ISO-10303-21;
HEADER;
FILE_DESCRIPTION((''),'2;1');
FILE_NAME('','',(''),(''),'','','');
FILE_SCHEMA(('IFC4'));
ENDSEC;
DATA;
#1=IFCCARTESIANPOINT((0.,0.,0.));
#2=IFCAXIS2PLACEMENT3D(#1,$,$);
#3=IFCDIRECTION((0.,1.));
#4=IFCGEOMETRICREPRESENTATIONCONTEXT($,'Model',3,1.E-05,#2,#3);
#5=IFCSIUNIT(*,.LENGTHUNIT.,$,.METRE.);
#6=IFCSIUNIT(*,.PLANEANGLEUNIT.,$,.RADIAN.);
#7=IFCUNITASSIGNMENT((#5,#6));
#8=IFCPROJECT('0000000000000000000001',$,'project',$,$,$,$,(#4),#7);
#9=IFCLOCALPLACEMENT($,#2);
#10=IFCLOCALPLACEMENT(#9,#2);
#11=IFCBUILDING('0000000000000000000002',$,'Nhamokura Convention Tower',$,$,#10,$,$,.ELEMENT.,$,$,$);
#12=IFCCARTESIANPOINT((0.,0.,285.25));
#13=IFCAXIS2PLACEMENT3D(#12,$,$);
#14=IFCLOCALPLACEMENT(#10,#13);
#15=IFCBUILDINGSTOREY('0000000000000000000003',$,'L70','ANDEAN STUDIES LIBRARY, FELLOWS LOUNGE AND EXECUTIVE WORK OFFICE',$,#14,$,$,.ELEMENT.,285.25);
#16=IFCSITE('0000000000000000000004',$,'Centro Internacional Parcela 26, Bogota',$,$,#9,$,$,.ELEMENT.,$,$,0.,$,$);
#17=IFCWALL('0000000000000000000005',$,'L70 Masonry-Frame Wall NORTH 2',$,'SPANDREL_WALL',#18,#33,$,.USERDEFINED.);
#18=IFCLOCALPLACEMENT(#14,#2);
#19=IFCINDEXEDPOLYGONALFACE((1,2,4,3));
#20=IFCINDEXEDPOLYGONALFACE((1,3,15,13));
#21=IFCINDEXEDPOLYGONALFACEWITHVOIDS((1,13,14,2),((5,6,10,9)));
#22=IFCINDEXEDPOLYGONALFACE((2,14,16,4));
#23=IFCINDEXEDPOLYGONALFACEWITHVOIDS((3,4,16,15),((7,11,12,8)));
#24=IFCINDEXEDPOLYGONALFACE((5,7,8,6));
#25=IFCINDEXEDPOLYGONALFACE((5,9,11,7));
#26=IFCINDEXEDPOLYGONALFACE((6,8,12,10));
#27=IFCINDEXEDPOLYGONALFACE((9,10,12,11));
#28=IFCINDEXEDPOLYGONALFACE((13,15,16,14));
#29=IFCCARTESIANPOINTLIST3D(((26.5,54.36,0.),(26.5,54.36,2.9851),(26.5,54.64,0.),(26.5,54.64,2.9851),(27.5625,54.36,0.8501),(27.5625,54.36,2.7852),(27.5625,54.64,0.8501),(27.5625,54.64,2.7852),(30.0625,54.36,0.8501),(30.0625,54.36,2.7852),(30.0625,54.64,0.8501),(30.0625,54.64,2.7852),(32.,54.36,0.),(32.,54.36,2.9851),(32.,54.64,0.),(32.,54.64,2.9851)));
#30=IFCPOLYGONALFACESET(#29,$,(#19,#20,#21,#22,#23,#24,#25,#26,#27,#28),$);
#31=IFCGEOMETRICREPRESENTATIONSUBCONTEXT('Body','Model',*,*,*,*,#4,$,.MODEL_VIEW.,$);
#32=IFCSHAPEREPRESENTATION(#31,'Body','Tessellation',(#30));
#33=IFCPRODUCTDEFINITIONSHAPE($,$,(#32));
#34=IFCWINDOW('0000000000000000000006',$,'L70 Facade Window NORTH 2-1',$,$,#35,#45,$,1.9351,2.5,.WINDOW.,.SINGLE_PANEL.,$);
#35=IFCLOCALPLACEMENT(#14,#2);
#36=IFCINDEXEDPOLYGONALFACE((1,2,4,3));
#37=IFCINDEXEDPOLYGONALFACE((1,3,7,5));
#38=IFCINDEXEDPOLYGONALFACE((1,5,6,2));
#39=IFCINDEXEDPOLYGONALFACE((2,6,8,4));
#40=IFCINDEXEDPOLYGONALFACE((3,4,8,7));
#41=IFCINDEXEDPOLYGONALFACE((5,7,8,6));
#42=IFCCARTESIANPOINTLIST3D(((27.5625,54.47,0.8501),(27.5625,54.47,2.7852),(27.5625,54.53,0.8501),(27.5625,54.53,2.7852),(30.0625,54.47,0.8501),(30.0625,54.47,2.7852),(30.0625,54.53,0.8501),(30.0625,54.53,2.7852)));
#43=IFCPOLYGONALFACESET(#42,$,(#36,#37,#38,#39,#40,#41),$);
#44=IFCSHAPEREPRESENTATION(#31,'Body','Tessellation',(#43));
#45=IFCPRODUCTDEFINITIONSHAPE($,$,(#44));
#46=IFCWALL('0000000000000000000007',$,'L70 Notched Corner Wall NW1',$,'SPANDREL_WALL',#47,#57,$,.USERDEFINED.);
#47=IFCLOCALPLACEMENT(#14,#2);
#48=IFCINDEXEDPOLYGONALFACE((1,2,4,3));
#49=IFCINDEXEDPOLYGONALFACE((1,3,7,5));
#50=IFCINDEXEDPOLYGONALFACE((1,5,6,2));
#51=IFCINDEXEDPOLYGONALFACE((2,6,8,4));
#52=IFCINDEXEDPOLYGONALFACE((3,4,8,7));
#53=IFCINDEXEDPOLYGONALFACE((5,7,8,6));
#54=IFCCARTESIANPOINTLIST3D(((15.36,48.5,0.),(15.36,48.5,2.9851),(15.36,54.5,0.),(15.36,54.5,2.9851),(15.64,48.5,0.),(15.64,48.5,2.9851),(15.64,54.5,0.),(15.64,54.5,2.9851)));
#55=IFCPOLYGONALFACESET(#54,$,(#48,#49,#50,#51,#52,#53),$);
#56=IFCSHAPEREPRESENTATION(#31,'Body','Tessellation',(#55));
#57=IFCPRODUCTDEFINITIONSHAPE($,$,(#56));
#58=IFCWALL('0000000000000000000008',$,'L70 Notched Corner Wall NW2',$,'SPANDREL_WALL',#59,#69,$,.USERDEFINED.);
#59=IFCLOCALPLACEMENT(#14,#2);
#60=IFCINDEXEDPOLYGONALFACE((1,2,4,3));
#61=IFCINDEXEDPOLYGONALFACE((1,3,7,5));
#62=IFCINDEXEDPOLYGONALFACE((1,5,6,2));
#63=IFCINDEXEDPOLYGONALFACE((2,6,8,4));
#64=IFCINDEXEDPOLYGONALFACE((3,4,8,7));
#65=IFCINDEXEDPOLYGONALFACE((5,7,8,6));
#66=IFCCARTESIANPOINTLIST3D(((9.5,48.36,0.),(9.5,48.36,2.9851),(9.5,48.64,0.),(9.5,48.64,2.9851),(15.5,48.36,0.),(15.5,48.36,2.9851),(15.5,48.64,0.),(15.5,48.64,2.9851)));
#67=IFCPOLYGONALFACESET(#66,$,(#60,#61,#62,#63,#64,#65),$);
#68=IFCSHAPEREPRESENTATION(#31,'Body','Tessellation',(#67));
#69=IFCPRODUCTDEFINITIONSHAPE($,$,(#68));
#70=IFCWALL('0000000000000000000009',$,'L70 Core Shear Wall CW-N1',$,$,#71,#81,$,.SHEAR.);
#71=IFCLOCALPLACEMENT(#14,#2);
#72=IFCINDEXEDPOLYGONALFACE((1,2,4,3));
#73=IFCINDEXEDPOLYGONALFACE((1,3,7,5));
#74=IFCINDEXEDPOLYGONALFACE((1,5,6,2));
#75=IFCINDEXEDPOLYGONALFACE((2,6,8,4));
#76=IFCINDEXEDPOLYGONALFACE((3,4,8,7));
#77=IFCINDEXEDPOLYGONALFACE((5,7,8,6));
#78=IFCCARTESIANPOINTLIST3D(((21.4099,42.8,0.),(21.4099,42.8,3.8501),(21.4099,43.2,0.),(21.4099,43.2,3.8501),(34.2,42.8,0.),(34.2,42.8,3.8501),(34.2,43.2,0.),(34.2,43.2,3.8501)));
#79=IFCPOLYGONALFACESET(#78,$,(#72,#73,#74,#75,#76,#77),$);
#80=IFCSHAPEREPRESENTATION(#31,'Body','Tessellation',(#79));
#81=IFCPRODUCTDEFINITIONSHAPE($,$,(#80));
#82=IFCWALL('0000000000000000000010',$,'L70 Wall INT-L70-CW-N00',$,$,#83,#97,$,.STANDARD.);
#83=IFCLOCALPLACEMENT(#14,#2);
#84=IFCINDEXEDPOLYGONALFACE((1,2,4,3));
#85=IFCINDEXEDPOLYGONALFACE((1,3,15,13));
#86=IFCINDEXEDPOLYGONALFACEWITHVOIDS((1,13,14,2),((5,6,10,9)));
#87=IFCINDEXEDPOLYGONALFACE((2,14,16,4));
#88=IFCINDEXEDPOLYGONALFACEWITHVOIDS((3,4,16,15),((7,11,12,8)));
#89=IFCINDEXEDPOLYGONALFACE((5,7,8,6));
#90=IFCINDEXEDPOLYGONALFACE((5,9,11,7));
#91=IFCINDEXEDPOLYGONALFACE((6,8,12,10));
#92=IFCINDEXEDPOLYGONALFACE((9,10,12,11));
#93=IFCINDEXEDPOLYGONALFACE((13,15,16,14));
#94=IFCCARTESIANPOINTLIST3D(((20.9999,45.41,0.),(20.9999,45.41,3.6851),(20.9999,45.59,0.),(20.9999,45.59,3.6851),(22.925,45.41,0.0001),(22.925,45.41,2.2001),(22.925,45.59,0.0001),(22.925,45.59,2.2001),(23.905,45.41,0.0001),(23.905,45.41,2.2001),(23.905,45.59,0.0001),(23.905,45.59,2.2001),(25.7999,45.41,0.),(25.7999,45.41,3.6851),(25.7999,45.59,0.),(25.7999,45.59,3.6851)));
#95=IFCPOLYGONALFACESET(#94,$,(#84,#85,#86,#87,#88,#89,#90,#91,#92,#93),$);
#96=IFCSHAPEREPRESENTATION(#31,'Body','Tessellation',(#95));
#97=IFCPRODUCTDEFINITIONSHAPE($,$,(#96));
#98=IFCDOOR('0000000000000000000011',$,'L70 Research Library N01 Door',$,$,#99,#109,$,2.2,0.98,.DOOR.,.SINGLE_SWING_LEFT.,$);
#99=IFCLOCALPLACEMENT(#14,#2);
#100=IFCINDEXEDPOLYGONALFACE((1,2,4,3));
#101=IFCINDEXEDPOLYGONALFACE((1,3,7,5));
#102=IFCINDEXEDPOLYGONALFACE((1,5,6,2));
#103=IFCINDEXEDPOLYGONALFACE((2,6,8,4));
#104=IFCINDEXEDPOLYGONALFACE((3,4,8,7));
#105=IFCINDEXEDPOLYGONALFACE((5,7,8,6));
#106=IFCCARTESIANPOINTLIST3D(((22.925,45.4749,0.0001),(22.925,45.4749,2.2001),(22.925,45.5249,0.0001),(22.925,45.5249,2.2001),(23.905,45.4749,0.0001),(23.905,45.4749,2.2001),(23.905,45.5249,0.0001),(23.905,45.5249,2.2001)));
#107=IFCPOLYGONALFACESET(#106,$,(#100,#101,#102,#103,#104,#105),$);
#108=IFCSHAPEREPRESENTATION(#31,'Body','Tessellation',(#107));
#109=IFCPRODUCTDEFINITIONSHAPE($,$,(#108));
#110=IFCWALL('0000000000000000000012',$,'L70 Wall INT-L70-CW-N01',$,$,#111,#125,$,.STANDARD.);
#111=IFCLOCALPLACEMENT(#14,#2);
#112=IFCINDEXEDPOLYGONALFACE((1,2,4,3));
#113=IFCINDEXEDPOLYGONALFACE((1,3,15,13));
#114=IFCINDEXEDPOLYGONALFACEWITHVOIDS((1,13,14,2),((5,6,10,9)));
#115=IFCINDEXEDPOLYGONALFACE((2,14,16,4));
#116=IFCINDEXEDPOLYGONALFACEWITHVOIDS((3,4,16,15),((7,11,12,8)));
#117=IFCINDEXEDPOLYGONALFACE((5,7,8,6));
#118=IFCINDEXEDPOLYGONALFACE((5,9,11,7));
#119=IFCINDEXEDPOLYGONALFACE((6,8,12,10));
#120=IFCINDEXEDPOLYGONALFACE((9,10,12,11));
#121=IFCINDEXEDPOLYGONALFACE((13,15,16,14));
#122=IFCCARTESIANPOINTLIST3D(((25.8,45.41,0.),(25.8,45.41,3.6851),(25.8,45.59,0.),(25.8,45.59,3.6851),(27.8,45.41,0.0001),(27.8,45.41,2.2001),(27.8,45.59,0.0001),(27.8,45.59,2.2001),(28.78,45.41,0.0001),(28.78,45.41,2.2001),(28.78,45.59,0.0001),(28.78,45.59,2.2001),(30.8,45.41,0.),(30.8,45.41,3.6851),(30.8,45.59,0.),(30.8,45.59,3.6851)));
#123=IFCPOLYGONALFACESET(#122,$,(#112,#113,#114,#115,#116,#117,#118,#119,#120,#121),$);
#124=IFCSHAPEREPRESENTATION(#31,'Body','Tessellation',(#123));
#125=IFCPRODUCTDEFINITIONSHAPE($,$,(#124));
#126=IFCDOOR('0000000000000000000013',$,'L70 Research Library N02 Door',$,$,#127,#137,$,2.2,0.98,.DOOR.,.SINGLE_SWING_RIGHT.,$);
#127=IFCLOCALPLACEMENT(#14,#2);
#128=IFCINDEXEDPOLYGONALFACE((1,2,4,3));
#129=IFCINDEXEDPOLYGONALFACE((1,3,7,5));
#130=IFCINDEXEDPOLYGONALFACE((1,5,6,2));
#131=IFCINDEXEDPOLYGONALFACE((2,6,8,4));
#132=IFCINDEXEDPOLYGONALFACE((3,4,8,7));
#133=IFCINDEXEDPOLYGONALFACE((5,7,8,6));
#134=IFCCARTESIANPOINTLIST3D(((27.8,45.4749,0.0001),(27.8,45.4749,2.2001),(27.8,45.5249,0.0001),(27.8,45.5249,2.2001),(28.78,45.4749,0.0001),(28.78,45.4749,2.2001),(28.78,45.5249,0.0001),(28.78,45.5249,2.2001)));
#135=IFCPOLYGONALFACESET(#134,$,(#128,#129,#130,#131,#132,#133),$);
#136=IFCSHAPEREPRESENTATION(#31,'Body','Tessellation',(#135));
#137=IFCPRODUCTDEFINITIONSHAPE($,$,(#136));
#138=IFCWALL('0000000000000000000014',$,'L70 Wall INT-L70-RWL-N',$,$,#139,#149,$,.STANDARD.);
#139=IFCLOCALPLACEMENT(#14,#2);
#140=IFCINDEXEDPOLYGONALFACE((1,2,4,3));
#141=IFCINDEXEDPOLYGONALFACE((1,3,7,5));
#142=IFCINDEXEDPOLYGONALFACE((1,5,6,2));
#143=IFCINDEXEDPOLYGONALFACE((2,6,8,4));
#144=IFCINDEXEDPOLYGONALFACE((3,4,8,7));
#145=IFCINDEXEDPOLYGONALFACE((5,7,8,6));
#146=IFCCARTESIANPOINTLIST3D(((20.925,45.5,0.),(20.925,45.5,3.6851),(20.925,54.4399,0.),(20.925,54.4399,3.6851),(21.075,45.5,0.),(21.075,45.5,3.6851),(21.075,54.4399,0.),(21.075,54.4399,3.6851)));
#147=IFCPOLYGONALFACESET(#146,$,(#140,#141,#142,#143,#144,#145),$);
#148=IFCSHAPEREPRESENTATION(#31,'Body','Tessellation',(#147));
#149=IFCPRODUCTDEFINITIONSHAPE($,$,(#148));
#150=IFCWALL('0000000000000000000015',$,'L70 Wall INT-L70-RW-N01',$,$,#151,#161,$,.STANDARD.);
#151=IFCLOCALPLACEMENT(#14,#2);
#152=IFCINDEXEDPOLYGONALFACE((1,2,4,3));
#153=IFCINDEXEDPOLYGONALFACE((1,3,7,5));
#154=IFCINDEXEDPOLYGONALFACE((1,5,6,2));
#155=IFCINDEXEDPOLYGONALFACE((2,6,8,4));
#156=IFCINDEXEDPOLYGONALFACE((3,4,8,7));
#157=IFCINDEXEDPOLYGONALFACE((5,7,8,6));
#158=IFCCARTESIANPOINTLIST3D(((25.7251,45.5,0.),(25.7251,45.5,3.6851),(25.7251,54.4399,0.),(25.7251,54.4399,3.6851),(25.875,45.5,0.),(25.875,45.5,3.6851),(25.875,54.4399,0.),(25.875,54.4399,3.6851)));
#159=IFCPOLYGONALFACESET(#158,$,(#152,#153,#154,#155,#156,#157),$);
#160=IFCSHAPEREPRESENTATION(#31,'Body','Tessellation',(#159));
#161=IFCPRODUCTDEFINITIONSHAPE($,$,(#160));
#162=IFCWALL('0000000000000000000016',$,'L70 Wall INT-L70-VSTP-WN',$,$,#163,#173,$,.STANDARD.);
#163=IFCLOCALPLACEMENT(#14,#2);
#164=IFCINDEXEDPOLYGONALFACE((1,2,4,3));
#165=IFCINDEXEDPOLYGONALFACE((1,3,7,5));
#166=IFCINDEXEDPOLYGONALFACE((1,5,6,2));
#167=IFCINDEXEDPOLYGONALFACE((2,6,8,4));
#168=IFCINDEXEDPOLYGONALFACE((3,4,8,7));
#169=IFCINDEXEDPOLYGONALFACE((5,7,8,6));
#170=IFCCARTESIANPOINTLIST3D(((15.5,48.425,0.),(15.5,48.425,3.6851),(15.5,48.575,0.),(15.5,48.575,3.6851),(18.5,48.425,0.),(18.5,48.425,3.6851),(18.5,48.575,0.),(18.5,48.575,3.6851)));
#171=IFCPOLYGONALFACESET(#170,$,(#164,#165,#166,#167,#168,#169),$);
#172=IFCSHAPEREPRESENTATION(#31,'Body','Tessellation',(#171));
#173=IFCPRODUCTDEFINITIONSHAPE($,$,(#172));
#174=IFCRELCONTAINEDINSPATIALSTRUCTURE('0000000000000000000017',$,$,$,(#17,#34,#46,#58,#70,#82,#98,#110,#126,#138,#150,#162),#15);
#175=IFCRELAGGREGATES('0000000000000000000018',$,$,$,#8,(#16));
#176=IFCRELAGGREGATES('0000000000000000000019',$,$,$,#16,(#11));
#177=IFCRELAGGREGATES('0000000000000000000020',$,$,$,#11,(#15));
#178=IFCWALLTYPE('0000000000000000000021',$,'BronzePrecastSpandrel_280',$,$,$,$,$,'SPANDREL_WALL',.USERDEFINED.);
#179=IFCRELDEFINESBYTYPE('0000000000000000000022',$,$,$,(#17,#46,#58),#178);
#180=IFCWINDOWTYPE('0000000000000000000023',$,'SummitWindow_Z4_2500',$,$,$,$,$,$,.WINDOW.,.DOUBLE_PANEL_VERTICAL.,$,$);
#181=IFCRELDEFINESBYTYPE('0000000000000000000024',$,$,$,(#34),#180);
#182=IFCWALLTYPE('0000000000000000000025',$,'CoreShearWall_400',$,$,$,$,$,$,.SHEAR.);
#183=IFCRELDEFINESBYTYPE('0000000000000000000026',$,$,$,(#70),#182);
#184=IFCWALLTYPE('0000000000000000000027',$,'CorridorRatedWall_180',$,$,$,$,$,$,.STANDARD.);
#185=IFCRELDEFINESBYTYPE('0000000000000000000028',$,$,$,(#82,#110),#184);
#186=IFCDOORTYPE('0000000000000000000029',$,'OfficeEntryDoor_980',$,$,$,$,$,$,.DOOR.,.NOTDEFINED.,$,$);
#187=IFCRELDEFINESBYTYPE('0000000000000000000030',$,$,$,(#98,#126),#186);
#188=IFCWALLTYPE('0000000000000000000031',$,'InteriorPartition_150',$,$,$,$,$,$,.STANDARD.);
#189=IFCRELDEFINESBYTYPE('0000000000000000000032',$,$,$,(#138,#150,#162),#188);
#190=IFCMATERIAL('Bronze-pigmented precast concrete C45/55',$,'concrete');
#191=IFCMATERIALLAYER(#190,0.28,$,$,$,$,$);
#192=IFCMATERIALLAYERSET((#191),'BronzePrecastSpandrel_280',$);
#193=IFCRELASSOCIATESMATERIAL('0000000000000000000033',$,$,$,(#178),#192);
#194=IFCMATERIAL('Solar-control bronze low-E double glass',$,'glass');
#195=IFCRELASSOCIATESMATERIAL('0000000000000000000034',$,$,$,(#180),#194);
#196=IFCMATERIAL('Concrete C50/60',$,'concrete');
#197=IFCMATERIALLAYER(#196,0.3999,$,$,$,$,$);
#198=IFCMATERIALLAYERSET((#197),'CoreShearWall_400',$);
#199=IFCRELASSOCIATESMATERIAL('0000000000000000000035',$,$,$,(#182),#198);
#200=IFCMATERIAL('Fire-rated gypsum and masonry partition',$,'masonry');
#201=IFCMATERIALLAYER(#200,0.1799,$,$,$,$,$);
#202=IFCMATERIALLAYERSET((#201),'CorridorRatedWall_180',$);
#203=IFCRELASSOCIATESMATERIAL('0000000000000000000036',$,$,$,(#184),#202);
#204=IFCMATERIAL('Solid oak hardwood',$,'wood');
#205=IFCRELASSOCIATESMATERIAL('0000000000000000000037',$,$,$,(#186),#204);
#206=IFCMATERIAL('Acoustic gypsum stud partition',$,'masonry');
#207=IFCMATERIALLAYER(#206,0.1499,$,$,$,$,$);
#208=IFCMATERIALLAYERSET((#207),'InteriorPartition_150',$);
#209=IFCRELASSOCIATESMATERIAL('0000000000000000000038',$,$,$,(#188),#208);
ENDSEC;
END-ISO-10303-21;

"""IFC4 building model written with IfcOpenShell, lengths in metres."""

from ifc_helpers import new_model, si_unit, direction, frame, frame_2d, origin, place, context, subcontext, project, spatial, rectangle, extrude, material, layer, layer_set, type_object, element, fill, save


model = new_model("IFC4")

# Units and contexts
model_context = context("Model", 3, precision=1e-05, world=origin(), true_north=direction((0.0, 1.0)))
body_context = subcontext(model_context, "Body", "Model", "MODEL_VIEW")
ifc_project = project(units=[si_unit("LENGTHUNIT", "METRE"), si_unit("PLANEANGLEUNIT", "RADIAN")], contexts=[model_context])

# Site, building, storey
site_placement = place(None, origin())
site = spatial("IfcSite", under=ifc_project, at=site_placement, Name="Centro Internacional Parcela 26, Bogota", CompositionType="ELEMENT", RefElevation=0.0)
building_placement = place(site_placement, origin())
building = spatial("IfcBuilding", under=site, at=building_placement, Name="Nhamokura Convention Tower", CompositionType="ELEMENT")
storey_placement = place(building_placement, frame((0.0, 0.0, 285.25)))
storey = spatial("IfcBuildingStorey", under=building, at=storey_placement, Name="L70", Description="ANDEAN STUDIES LIBRARY, FELLOWS LOUNGE AND EXECUTIVE WORK OFFICE", CompositionType="ELEMENT", Elevation=285.25)

# Shared definitions
ifc_material_1 = material(Name="Bronze-pigmented precast concrete C45/55", Category="concrete")
ifc_layer_1 = layer(ifc_material_1, 0.28)
ifc_layer_set_1 = layer_set([ifc_layer_1], Name="BronzePrecastSpandrel_280")
wall_type_1 = type_object("IfcWallType", Name="BronzePrecastSpandrel_280", ElementType="SPANDREL_WALL", PredefinedType="USERDEFINED", material=ifc_layer_set_1)

# Wall, opening, window
wall_1_placement = place(storey_placement, frame((26.5, 54.5, 0.0), z_axis=(0.0, 0.0, 1.0), x_axis=(1.0, 0.0, 0.0)))
wall_1 = element("IfcWall", 1, at=wall_1_placement, inside=storey, type_object=wall_type_1, Name="L70 Masonry-Frame Wall NORTH 2", ObjectType="SPANDREL_WALL", PredefinedType="USERDEFINED", context=body_context, shape_type="SweptSolid", body=[
    extrude(rectangle(XDim=5.5, YDim=0.28, at=frame_2d((2.75, 0.0))), origin(), (0.0, 0.0, 1.0), 2.9851),
])
opening_1_placement = place(wall_1_placement, frame((1.0625, 0.0, 0.8501)))
opening_1 = element("IfcOpeningElement", 2, at=opening_1_placement, cuts=wall_1, PredefinedType="OPENING", context=body_context, shape_type="SweptSolid", body=[
    extrude(rectangle(XDim=2.5, YDim=1.9351, at=frame_2d((1.25, 0.9675))), frame((0.0, 0.1499, 0.0), z_axis=(0.0, -1.0, 0.0), x_axis=(1.0, 0.0, 0.0)), (0.0, 0.0, 1.0), 0.3),
])
ifc_material_2 = material(Name="Solar-control bronze low-E double glass", Category="glass")
window_type_1 = type_object("IfcWindowType", Name="SummitWindow_Z4_2500", PartitioningType="DOUBLE_PANEL_VERTICAL", PredefinedType="WINDOW", material=ifc_material_2)
window_1_placement = place(opening_1_placement, origin())
window_1 = element("IfcWindow", 3, at=window_1_placement, inside=storey, type_object=window_type_1, Name="L70 Facade Window NORTH 2-1", OverallHeight=1.9351, OverallWidth=2.5, PartitioningType="SINGLE_PANEL", PredefinedType="WINDOW", context=body_context, shape_type="SweptSolid", body=[
    extrude(rectangle(XDim=2.5, YDim=1.9351, at=frame_2d((1.25, 0.9675))), frame((0.0, 0.03, 0.0), z_axis=(0.0, -1.0, 0.0), x_axis=(1.0, 0.0, 0.0)), (0.0, 0.0, 1.0), 0.0601),
])
fill(opening_1, window_1)

# Walls
for number, where, z_axis, x_axis, name in (
    (4, (15.5, 48.5, 0.0), (0.0, 0.0, 1.0), (0.0, 1.0, 0.0), "L70 Notched Corner Wall NW1"),
    (5, (9.5, 48.5, 0.0), (0.0, 0.0, 1.0), (1.0, 0.0, 0.0), "L70 Notched Corner Wall NW2"),
):
    element("IfcWall", number, at=place(storey_placement, frame(where, z_axis=z_axis, x_axis=x_axis)), inside=storey, type_object=wall_type_1, Name=name, ObjectType="SPANDREL_WALL", PredefinedType="USERDEFINED", context=body_context, shape_type="SweptSolid", body=[
        extrude(rectangle(XDim=6.0, YDim=0.28, at=frame_2d((3.0, 0.0))), origin(), (0.0, 0.0, 1.0), 2.9851),
    ])
ifc_material_3 = material(Name="Concrete C50/60", Category="concrete")
ifc_layer_2 = layer(ifc_material_3, 0.3999)
ifc_layer_set_2 = layer_set([ifc_layer_2], Name="CoreShearWall_400")
wall_type_2 = type_object("IfcWallType", Name="CoreShearWall_400", PredefinedType="SHEAR", material=ifc_layer_set_2)
wall_2_placement = place(storey_placement, frame((21.4099, 43.0, 0.0), z_axis=(0.0, 0.0, 1.0), x_axis=(1.0, 0.0, 0.0)))
element("IfcWall", 6, at=wall_2_placement, inside=storey, type_object=wall_type_2, Name="L70 Core Shear Wall CW-N1", PredefinedType="SHEAR", context=body_context, shape_type="SweptSolid", body=[
    extrude(rectangle(XDim=12.79, YDim=0.3999, at=frame_2d((6.395, 0.0))), origin(), (0.0, 0.0, 1.0), 3.8501),
])

# Walls, openings, doors
ifc_material_4 = material(Name="Fire-rated gypsum and masonry partition", Category="masonry")
ifc_layer_3 = layer(ifc_material_4, 0.1799)
ifc_layer_set_3 = layer_set([ifc_layer_3], Name="CorridorRatedWall_180")
wall_type_3 = type_object("IfcWallType", Name="CorridorRatedWall_180", PredefinedType="STANDARD", material=ifc_layer_set_3)
wall_3_placement = place(storey_placement, frame((21.0, 45.5, 0.0), z_axis=(0.0, 0.0, 1.0), x_axis=(1.0, 0.0, 0.0)))
wall_3 = element("IfcWall", 7, at=wall_3_placement, inside=storey, type_object=wall_type_3, Name="L70 Wall INT-L70-CW-N00", PredefinedType="STANDARD", context=body_context, shape_type="SweptSolid", body=[
    extrude(rectangle(XDim=4.8, YDim=0.1799, at=frame_2d((2.3999, 0.0))), origin(), (0.0, 0.0, 1.0), 3.6851),
])
opening_2_placement = place(wall_3_placement, frame((1.925, 0.0, 0.0)))
opening_2 = element("IfcOpeningElement", 8, at=opening_2_placement, cuts=wall_3, PredefinedType="OPENING", context=body_context, shape_type="SweptSolid", body=[
    extrude(rectangle(XDim=0.98, YDim=2.2, at=frame_2d((0.49, 1.1001))), frame((0.0, 0.0999, 0.0), z_axis=(0.0, -1.0, 0.0), x_axis=(1.0, 0.0, 0.0)), (0.0, 0.0, 1.0), 0.2),
])
ifc_material_5 = material(Name="Solid oak hardwood", Category="wood")
door_type = type_object("IfcDoorType", Name="OfficeEntryDoor_980", OperationType="NOTDEFINED", PredefinedType="DOOR", material=ifc_material_5)
door_1_placement = place(opening_2_placement, origin())
door_1 = element("IfcDoor", 9, at=door_1_placement, inside=storey, type_object=door_type, Name="L70 Research Library N01 Door", OperationType="SINGLE_SWING_LEFT", OverallHeight=2.2, OverallWidth=0.98, PredefinedType="DOOR", context=body_context, shape_type="SweptSolid", body=[
    extrude(rectangle(XDim=0.98, YDim=2.2, at=frame_2d((0.49, 1.1001))), frame((0.0, 0.0249, 0.0), z_axis=(0.0, -1.0, 0.0), x_axis=(1.0, 0.0, 0.0)), (0.0, 0.0, 1.0), 0.05),
])
fill(opening_2, door_1)
wall_4_placement = place(storey_placement, frame((25.8, 45.5, 0.0), z_axis=(0.0, 0.0, 1.0), x_axis=(1.0, 0.0, 0.0)))
wall_4 = element("IfcWall", 10, at=wall_4_placement, inside=storey, type_object=wall_type_3, Name="L70 Wall INT-L70-CW-N01", PredefinedType="STANDARD", context=body_context, shape_type="SweptSolid", body=[
    extrude(rectangle(XDim=5.0, YDim=0.1799, at=frame_2d((2.5, 0.0))), origin(), (0.0, 0.0, 1.0), 3.6851),
])
opening_3_placement = place(wall_4_placement, frame((2.0, 0.0, 0.0)))
opening_3 = element("IfcOpeningElement", 11, at=opening_3_placement, cuts=wall_4, PredefinedType="OPENING", context=body_context, shape_type="SweptSolid", body=[
    extrude(rectangle(XDim=0.98, YDim=2.2, at=frame_2d((0.49, 1.1001))), frame((0.0, 0.0999, 0.0), z_axis=(0.0, -1.0, 0.0), x_axis=(1.0, 0.0, 0.0)), (0.0, 0.0, 1.0), 0.2),
])
door_2_placement = place(opening_3_placement, origin())
door_2 = element("IfcDoor", 12, at=door_2_placement, inside=storey, type_object=door_type, Name="L70 Research Library N02 Door", OperationType="SINGLE_SWING_RIGHT", OverallHeight=2.2, OverallWidth=0.98, PredefinedType="DOOR", context=body_context, shape_type="SweptSolid", body=[
    extrude(rectangle(XDim=0.98, YDim=2.2, at=frame_2d((0.49, 1.1001))), frame((0.0, 0.0249, 0.0), z_axis=(0.0, -1.0, 0.0), x_axis=(1.0, 0.0, 0.0)), (0.0, 0.0, 1.0), 0.05),
])
fill(opening_3, door_2)

# Walls
ifc_material_6 = material(Name="Acoustic gypsum stud partition", Category="masonry")
ifc_layer_4 = layer(ifc_material_6, 0.1499)
ifc_layer_set_4 = layer_set([ifc_layer_4], Name="InteriorPartition_150")
wall_type_4 = type_object("IfcWallType", Name="InteriorPartition_150", PredefinedType="STANDARD", material=ifc_layer_set_4)
for number, where, z_axis, x_axis, name in (
    (13, (21.0, 45.5, 0.0), (0.0, 0.0, 1.0), (0.0, 1.0, 0.0), "L70 Wall INT-L70-RWL-N"),
    (14, (25.8, 45.5, 0.0), (0.0, 0.0, 1.0), (0.0, 1.0, 0.0), "L70 Wall INT-L70-RW-N01"),
):
    element("IfcWall", number, at=place(storey_placement, frame(where, z_axis=z_axis, x_axis=x_axis)), inside=storey, type_object=wall_type_4, Name=name, PredefinedType="STANDARD", context=body_context, shape_type="SweptSolid", body=[
        extrude(rectangle(XDim=8.9399, YDim=0.1499, at=frame_2d((4.47, 0.0))), origin(), (0.0, 0.0, 1.0), 3.6851),
    ])
wall_5_placement = place(storey_placement, frame((15.5, 48.5, 0.0), z_axis=(0.0, 0.0, 1.0), x_axis=(1.0, 0.0, 0.0)))
element("IfcWall", 15, at=wall_5_placement, inside=storey, type_object=wall_type_4, Name="L70 Wall INT-L70-VSTP-WN", PredefinedType="STANDARD", context=body_context, shape_type="SweptSolid", body=[
    extrude(rectangle(XDim=3.0, YDim=0.1499, at=frame_2d((1.5, 0.0))), origin(), (0.0, 0.0, 1.0), 3.6851),
])

save(model, "model.ifc")
